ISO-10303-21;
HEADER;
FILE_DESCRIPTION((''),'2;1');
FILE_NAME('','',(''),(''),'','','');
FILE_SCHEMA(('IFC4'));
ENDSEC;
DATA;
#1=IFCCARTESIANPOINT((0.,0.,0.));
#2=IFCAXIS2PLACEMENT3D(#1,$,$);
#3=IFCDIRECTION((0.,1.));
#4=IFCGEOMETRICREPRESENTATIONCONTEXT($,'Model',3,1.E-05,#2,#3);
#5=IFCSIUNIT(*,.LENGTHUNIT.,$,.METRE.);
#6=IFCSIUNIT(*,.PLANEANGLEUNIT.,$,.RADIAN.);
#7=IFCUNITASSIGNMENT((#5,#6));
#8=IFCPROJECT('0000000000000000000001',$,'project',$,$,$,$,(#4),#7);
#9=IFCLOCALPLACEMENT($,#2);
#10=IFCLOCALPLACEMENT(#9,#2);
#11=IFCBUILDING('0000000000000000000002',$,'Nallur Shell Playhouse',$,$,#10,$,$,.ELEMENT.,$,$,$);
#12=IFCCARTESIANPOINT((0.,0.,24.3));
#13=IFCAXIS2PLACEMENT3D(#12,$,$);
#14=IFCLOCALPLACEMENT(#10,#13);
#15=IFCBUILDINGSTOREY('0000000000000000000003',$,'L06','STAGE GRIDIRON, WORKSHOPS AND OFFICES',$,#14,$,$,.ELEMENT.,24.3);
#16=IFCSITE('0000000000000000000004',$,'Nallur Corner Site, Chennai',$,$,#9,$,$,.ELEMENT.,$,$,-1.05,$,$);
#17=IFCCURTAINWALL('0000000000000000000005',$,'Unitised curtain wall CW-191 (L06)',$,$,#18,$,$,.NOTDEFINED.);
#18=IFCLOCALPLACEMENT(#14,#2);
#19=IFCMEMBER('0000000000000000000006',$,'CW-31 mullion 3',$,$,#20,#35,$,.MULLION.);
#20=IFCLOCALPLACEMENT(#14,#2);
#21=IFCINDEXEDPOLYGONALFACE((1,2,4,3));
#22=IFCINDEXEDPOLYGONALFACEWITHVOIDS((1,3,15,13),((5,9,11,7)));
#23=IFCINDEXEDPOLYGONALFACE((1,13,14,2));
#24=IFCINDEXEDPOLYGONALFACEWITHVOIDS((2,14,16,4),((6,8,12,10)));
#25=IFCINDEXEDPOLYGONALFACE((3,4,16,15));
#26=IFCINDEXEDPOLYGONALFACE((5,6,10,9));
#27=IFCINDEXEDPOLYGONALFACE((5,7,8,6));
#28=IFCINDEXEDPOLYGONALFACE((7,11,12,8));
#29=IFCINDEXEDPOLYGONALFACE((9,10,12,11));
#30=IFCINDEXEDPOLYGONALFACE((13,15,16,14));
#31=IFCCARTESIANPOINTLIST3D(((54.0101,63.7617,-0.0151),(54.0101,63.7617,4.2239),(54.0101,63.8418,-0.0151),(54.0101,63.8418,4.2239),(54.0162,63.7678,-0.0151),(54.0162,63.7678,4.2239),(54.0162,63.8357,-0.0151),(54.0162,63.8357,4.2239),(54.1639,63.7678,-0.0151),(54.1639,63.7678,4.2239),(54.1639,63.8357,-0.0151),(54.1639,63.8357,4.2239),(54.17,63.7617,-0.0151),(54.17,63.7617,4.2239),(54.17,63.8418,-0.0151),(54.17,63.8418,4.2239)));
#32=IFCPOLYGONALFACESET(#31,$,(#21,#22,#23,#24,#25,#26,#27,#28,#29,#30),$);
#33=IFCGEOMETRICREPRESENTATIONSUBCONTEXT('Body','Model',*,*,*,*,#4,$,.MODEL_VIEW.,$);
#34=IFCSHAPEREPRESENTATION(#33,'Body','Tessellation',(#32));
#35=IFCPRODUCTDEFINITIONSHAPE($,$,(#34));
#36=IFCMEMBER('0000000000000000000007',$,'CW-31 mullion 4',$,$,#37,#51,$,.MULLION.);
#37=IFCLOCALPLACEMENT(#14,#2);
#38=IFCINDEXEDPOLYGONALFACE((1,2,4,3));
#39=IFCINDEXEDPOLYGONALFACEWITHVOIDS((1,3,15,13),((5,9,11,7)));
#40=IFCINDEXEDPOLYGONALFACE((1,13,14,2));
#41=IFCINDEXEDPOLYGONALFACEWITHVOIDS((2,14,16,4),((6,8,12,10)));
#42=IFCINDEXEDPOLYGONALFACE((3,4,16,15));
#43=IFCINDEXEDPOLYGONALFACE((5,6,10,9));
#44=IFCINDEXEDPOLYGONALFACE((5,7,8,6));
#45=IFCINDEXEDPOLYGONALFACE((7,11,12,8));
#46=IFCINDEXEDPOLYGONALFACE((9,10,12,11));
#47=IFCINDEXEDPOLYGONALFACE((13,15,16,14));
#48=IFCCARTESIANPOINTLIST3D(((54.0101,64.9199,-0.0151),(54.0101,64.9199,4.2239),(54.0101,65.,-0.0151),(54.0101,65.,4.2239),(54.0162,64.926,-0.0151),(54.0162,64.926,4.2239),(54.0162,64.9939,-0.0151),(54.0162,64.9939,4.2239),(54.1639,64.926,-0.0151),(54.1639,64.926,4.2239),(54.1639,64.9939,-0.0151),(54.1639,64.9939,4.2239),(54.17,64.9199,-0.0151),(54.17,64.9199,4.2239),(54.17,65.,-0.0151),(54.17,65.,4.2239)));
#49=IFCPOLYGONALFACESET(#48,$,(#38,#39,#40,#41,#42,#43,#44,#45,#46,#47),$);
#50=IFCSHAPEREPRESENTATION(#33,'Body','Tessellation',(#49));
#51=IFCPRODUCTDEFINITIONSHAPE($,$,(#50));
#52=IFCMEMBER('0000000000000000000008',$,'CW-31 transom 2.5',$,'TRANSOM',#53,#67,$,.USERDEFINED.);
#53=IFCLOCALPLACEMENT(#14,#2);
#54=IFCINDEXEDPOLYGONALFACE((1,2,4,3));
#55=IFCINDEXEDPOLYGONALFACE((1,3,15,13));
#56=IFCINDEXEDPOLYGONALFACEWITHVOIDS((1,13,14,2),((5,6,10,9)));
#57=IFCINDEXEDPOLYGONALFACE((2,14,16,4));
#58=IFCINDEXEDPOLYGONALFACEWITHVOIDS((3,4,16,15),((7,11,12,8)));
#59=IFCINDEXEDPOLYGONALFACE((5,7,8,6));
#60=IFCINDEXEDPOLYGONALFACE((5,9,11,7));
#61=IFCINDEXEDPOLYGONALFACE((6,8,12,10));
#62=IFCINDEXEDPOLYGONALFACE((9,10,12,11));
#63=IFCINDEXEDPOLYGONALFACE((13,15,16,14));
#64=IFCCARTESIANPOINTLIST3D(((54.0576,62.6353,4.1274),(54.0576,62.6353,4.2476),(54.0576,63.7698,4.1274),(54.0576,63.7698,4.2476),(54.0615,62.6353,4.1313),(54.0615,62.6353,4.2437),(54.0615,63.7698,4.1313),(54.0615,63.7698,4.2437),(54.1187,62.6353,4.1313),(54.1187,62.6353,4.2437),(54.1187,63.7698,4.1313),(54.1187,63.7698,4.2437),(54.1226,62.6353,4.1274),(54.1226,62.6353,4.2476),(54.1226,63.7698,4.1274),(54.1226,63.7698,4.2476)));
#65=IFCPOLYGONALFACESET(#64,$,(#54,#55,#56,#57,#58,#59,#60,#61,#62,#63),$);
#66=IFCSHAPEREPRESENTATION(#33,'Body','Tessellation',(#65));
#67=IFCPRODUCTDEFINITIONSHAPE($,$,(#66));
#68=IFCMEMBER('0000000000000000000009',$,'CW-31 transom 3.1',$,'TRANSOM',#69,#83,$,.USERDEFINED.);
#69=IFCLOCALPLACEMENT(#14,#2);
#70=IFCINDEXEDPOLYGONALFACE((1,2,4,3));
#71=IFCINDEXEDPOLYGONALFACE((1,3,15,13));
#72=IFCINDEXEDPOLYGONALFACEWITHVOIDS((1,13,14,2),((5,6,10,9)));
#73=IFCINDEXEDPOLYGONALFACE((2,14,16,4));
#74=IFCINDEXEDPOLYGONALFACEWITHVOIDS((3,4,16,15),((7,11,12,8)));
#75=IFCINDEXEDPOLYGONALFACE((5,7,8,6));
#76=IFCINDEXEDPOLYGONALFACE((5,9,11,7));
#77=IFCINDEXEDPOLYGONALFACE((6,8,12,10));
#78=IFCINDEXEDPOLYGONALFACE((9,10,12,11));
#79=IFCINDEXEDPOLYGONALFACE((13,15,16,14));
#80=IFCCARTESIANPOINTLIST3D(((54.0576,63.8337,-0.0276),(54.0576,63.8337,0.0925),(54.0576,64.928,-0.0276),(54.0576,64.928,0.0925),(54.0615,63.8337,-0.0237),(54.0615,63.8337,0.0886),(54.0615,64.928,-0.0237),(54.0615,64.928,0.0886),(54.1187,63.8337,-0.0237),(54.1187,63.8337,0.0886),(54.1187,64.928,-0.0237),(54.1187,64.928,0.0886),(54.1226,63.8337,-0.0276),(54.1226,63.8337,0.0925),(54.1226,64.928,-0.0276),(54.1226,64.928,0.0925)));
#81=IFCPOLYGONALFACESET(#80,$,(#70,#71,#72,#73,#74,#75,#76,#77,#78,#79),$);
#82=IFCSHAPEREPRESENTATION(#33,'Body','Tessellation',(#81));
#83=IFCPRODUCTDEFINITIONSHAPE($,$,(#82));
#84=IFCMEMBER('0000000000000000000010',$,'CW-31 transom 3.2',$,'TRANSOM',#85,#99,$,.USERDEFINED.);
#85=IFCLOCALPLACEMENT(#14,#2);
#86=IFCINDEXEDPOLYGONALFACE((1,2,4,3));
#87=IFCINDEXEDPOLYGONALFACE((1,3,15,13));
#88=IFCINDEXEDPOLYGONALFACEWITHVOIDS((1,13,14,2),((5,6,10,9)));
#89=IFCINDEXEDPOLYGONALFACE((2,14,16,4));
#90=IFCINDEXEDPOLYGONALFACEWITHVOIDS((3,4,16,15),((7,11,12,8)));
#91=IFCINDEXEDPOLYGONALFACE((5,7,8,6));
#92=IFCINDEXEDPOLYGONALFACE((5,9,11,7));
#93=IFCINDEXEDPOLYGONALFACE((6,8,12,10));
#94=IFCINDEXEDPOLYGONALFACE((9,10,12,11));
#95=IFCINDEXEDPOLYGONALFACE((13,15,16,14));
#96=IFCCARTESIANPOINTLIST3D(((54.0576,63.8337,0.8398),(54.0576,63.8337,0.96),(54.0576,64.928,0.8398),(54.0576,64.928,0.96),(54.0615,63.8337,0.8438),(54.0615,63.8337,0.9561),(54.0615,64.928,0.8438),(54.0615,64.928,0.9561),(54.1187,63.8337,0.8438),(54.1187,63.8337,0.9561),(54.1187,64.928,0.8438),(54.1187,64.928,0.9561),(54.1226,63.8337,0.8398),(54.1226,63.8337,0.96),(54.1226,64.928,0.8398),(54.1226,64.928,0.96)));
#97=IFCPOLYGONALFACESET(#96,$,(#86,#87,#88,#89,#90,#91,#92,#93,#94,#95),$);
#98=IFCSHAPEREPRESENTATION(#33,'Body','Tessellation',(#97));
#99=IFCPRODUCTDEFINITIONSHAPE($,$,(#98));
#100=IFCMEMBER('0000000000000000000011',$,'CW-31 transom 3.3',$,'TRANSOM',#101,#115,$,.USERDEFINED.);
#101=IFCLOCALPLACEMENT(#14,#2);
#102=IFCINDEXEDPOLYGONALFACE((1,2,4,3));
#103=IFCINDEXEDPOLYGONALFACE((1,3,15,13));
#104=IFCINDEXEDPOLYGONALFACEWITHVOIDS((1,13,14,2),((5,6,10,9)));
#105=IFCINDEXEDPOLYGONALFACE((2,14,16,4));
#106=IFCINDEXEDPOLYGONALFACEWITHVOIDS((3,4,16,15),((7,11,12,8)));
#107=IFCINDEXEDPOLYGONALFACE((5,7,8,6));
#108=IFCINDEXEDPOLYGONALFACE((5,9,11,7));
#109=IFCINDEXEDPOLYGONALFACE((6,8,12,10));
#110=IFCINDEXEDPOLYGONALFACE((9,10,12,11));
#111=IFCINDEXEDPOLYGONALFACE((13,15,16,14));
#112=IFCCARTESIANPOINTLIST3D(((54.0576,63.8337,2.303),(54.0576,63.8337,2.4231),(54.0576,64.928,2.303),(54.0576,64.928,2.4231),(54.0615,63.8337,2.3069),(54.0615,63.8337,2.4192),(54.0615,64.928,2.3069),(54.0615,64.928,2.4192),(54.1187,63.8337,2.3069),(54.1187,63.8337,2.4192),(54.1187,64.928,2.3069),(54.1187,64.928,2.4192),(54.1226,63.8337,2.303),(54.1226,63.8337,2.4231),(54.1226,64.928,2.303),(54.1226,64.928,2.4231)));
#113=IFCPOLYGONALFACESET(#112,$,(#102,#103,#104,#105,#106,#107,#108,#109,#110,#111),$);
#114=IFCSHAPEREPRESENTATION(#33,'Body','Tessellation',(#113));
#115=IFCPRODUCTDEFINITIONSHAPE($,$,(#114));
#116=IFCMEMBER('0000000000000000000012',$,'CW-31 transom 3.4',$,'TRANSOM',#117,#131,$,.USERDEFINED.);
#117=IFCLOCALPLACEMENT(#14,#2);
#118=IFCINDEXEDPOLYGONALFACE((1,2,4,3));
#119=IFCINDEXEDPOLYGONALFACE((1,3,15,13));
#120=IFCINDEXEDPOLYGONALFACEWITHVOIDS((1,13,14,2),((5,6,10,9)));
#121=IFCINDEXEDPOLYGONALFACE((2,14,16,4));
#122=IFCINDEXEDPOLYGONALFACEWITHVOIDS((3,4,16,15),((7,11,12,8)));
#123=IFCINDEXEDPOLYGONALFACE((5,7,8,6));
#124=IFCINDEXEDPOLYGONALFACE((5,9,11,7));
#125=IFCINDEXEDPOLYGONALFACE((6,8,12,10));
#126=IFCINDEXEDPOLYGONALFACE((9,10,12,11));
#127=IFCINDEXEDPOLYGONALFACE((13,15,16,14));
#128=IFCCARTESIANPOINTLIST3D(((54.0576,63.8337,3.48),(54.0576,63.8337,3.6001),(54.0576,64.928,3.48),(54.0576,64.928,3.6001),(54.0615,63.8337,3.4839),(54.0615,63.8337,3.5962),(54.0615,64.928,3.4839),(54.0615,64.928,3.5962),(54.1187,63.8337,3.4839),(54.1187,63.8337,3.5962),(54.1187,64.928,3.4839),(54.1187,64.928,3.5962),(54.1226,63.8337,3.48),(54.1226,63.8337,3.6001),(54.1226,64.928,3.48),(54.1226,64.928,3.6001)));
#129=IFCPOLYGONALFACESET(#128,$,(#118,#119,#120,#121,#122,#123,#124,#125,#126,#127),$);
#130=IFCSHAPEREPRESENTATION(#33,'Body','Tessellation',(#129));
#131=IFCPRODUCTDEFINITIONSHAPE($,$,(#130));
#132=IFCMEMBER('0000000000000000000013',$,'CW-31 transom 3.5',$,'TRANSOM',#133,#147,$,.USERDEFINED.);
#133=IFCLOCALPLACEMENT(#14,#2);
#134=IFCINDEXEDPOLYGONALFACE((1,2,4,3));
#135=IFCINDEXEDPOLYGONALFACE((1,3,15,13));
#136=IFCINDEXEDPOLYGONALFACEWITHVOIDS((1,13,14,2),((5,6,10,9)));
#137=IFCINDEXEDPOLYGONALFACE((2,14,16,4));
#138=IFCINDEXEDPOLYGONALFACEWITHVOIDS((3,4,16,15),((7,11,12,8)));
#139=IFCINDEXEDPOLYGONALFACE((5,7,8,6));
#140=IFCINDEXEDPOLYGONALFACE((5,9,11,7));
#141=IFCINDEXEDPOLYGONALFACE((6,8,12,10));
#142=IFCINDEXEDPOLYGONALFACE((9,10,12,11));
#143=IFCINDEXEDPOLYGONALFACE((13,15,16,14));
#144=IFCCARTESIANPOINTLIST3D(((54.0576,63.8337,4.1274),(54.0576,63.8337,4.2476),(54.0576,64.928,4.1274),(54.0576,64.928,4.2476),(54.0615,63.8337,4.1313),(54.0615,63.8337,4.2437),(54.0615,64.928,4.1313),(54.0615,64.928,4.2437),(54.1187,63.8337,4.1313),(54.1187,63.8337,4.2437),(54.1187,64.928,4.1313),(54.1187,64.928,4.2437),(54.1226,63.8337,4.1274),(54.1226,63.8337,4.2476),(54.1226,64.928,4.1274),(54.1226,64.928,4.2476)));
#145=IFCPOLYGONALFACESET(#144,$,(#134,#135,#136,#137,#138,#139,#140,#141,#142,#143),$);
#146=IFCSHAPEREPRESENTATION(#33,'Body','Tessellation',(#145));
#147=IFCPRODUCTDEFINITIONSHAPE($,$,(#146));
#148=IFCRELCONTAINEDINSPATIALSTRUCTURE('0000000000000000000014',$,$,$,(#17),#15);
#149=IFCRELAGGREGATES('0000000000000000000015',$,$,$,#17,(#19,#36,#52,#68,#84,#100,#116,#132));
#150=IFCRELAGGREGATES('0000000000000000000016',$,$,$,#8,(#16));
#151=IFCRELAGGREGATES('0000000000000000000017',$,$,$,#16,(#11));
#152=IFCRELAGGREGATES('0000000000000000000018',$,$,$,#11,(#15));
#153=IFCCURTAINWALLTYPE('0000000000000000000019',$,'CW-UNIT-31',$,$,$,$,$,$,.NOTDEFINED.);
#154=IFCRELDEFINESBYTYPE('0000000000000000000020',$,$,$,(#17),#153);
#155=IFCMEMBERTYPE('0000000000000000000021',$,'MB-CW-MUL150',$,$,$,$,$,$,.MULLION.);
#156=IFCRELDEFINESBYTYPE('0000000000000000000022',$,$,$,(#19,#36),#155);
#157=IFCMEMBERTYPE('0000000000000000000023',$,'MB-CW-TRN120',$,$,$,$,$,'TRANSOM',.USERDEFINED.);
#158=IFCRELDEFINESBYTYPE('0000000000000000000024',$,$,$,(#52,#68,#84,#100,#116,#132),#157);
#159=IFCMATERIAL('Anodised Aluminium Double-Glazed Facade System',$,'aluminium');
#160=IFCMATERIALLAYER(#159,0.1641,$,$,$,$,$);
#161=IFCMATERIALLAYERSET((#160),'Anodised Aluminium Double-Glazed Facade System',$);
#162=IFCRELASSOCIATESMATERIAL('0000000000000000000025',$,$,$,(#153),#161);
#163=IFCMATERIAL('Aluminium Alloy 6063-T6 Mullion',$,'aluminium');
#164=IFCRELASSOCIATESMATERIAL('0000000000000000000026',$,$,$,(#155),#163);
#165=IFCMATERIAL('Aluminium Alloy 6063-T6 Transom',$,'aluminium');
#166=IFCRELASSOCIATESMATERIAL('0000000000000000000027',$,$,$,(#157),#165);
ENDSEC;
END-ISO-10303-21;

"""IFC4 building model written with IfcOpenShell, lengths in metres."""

from ifc_helpers import new_model, si_unit, direction, frame, origin, origin_2d, place, context, subcontext, project, spatial, hollow_rectangle, extrude, material, layer, layer_set, material_profile, profile_set, type_object, element, aggregate, save


model = new_model("IFC4")

# Units and contexts
model_context = context("Model", 3, precision=1e-05, world=origin(), true_north=direction((0.0, 1.0)))
body_context = subcontext(model_context, "Body", "Model", "MODEL_VIEW")
ifc_project = project(units=[si_unit("LENGTHUNIT", "METRE"), si_unit("PLANEANGLEUNIT", "RADIAN")], contexts=[model_context])

# Site, building, storey
site_placement = place(None, origin())
site = spatial("IfcSite", under=ifc_project, at=site_placement, Name="Nallur Corner Site, Chennai", CompositionType="ELEMENT", RefElevation=-1.05)
building_placement = place(site_placement, origin())
building = spatial("IfcBuilding", under=site, at=building_placement, Name="Nallur Shell Playhouse", CompositionType="ELEMENT")
storey_placement = place(building_placement, frame((0.0, 0.0, 24.3)))
storey = spatial("IfcBuildingStorey", under=building, at=storey_placement, Name="L06", Description="STAGE GRIDIRON, WORKSHOPS AND OFFICES", CompositionType="ELEMENT", Elevation=24.3)

# Curtain wall, members
ifc_material_1 = material(Name="Anodised Aluminium Double-Glazed Facade System", Category="aluminium")
ifc_layer_1 = layer(ifc_material_1, 0.1641)
ifc_layer_set_1 = layer_set([ifc_layer_1], Name="Anodised Aluminium Double-Glazed Facade System")
curtain_wall_type = type_object("IfcCurtainWallType", Name="CW-UNIT-31", PredefinedType="NOTDEFINED", material=ifc_layer_set_1)
curtain_wall_placement = place(storey_placement, origin())
curtain_wall = element("IfcCurtainWall", 1, at=curtain_wall_placement, inside=storey, type_object=curtain_wall_type, Name="Unitised curtain wall CW-191 (L06)", PredefinedType="NOTDEFINED")
ifc_material_2 = material(Name="Aluminium Alloy 6063-T6 Mullion", Category="aluminium")
ifc_material_profile_1 = material_profile(ifc_material_2, hollow_rectangle(XDim=0.0801, YDim=0.1599, WallThickness=0.0061, at=origin_2d()), Name="RHS 160x80x6")
ifc_profile_set_1 = profile_set([ifc_material_profile_1], Name="Aluminium Alloy 6063-T6 Mullion")
member_type_1 = type_object("IfcMemberType", Name="MB-CW-MUL150", PredefinedType="MULLION", material=ifc_profile_set_1)
member_1_placement = place(storey_placement, frame((54.0901, 63.8018, -0.0151), z_axis=(0.0, 0.0, 1.0), x_axis=(0.0, 1.0, 0.0)))
member_1 = element("IfcMember", 2, at=member_1_placement, type_object=member_type_1, Name="CW-31 mullion 3", PredefinedType="MULLION", context=body_context, shape_type="SweptSolid", body=[
    extrude(hollow_rectangle(XDim=0.0801, YDim=0.1599, WallThickness=0.0061, at=origin_2d()), origin(), (0.0, 0.0, 1.0), 4.239),
])
member_2_placement = place(storey_placement, frame((54.0901, 64.96, -0.0151), z_axis=(0.0, 0.0, 1.0), x_axis=(0.0, 1.0, 0.0)))
member_2 = element("IfcMember", 3, at=member_2_placement, type_object=member_type_1, Name="CW-31 mullion 4", PredefinedType="MULLION", context=body_context, shape_type="SweptSolid", body=[
    extrude(hollow_rectangle(XDim=0.0801, YDim=0.1599, WallThickness=0.0061, at=origin_2d()), origin(), (0.0, 0.0, 1.0), 4.239),
])
ifc_material_3 = material(Name="Aluminium Alloy 6063-T6 Transom", Category="aluminium")
ifc_material_profile_2 = material_profile(ifc_material_3, hollow_rectangle(XDim=0.0649, YDim=0.1201, WallThickness=0.0039, at=origin_2d()), Name="ALU 65x120x4")
ifc_profile_set_2 = profile_set([ifc_material_profile_2], Name="Aluminium Alloy 6063-T6 Transom")
member_type_2 = type_object("IfcMemberType", Name="MB-CW-TRN120", ElementType="TRANSOM", PredefinedType="USERDEFINED", material=ifc_profile_set_2)
member_3_placement = place(storey_placement, frame((54.0901, 62.6353, 4.1875), z_axis=(0.0, 1.0, 0.0), x_axis=(-1.0, 0.0, 0.0)))
member_3 = element("IfcMember", 4, at=member_3_placement, type_object=member_type_2, Name="CW-31 transom 2.5", ObjectType="TRANSOM", PredefinedType="USERDEFINED", context=body_context, shape_type="SweptSolid", body=[
    extrude(hollow_rectangle(XDim=0.0649, YDim=0.1201, WallThickness=0.0039, at=origin_2d()), origin(), (0.0, 0.0, 1.0), 1.1345),
])
member_4_placement = place(storey_placement, frame((54.0901, 63.8337, 0.0325), z_axis=(0.0, 1.0, 0.0), x_axis=(-1.0, 0.0, 0.0)))
member_4 = element("IfcMember", 5, at=member_4_placement, type_object=member_type_2, Name="CW-31 transom 3.1", ObjectType="TRANSOM", PredefinedType="USERDEFINED", context=body_context, shape_type="SweptSolid", body=[
    extrude(hollow_rectangle(XDim=0.0649, YDim=0.1201, WallThickness=0.0039, at=origin_2d()), origin(), (0.0, 0.0, 1.0), 1.0942),
])
member_5_placement = place(storey_placement, frame((54.0901, 63.8337, 0.8999), z_axis=(0.0, 1.0, 0.0), x_axis=(-1.0, 0.0, 0.0)))
member_5 = element("IfcMember", 6, at=member_5_placement, type_object=member_type_2, Name="CW-31 transom 3.2", ObjectType="TRANSOM", PredefinedType="USERDEFINED", context=body_context, shape_type="SweptSolid", body=[
    extrude(hollow_rectangle(XDim=0.0649, YDim=0.1201, WallThickness=0.0039, at=origin_2d()), origin(), (0.0, 0.0, 1.0), 1.0942),
])
member_6_placement = place(storey_placement, frame((54.0901, 63.8337, 2.363), z_axis=(0.0, 1.0, 0.0), x_axis=(-1.0, 0.0, 0.0)))
member_6 = element("IfcMember", 7, at=member_6_placement, type_object=member_type_2, Name="CW-31 transom 3.3", ObjectType="TRANSOM", PredefinedType="USERDEFINED", context=body_context, shape_type="SweptSolid", body=[
    extrude(hollow_rectangle(XDim=0.0649, YDim=0.1201, WallThickness=0.0039, at=origin_2d()), origin(), (0.0, 0.0, 1.0), 1.0942),
])
member_7_placement = place(storey_placement, frame((54.0901, 63.8337, 3.54), z_axis=(0.0, 1.0, 0.0), x_axis=(-1.0, 0.0, 0.0)))
member_7 = element("IfcMember", 8, at=member_7_placement, type_object=member_type_2, Name="CW-31 transom 3.4", ObjectType="TRANSOM", PredefinedType="USERDEFINED", context=body_context, shape_type="SweptSolid", body=[
    extrude(hollow_rectangle(XDim=0.0649, YDim=0.1201, WallThickness=0.0039, at=origin_2d()), origin(), (0.0, 0.0, 1.0), 1.0942),
])
member_8_placement = place(storey_placement, frame((54.0901, 63.8337, 4.1875), z_axis=(0.0, 1.0, 0.0), x_axis=(-1.0, 0.0, 0.0)))
member_8 = element("IfcMember", 9, at=member_8_placement, type_object=member_type_2, Name="CW-31 transom 3.5", ObjectType="TRANSOM", PredefinedType="USERDEFINED", context=body_context, shape_type="SweptSolid", body=[
    extrude(hollow_rectangle(XDim=0.0649, YDim=0.1201, WallThickness=0.0039, at=origin_2d()), origin(), (0.0, 0.0, 1.0), 1.0942),
])

aggregate(curtain_wall, [member_1, member_2, member_3, member_4, member_5, member_6, member_7, member_8])

save(model, "model.ifc")
